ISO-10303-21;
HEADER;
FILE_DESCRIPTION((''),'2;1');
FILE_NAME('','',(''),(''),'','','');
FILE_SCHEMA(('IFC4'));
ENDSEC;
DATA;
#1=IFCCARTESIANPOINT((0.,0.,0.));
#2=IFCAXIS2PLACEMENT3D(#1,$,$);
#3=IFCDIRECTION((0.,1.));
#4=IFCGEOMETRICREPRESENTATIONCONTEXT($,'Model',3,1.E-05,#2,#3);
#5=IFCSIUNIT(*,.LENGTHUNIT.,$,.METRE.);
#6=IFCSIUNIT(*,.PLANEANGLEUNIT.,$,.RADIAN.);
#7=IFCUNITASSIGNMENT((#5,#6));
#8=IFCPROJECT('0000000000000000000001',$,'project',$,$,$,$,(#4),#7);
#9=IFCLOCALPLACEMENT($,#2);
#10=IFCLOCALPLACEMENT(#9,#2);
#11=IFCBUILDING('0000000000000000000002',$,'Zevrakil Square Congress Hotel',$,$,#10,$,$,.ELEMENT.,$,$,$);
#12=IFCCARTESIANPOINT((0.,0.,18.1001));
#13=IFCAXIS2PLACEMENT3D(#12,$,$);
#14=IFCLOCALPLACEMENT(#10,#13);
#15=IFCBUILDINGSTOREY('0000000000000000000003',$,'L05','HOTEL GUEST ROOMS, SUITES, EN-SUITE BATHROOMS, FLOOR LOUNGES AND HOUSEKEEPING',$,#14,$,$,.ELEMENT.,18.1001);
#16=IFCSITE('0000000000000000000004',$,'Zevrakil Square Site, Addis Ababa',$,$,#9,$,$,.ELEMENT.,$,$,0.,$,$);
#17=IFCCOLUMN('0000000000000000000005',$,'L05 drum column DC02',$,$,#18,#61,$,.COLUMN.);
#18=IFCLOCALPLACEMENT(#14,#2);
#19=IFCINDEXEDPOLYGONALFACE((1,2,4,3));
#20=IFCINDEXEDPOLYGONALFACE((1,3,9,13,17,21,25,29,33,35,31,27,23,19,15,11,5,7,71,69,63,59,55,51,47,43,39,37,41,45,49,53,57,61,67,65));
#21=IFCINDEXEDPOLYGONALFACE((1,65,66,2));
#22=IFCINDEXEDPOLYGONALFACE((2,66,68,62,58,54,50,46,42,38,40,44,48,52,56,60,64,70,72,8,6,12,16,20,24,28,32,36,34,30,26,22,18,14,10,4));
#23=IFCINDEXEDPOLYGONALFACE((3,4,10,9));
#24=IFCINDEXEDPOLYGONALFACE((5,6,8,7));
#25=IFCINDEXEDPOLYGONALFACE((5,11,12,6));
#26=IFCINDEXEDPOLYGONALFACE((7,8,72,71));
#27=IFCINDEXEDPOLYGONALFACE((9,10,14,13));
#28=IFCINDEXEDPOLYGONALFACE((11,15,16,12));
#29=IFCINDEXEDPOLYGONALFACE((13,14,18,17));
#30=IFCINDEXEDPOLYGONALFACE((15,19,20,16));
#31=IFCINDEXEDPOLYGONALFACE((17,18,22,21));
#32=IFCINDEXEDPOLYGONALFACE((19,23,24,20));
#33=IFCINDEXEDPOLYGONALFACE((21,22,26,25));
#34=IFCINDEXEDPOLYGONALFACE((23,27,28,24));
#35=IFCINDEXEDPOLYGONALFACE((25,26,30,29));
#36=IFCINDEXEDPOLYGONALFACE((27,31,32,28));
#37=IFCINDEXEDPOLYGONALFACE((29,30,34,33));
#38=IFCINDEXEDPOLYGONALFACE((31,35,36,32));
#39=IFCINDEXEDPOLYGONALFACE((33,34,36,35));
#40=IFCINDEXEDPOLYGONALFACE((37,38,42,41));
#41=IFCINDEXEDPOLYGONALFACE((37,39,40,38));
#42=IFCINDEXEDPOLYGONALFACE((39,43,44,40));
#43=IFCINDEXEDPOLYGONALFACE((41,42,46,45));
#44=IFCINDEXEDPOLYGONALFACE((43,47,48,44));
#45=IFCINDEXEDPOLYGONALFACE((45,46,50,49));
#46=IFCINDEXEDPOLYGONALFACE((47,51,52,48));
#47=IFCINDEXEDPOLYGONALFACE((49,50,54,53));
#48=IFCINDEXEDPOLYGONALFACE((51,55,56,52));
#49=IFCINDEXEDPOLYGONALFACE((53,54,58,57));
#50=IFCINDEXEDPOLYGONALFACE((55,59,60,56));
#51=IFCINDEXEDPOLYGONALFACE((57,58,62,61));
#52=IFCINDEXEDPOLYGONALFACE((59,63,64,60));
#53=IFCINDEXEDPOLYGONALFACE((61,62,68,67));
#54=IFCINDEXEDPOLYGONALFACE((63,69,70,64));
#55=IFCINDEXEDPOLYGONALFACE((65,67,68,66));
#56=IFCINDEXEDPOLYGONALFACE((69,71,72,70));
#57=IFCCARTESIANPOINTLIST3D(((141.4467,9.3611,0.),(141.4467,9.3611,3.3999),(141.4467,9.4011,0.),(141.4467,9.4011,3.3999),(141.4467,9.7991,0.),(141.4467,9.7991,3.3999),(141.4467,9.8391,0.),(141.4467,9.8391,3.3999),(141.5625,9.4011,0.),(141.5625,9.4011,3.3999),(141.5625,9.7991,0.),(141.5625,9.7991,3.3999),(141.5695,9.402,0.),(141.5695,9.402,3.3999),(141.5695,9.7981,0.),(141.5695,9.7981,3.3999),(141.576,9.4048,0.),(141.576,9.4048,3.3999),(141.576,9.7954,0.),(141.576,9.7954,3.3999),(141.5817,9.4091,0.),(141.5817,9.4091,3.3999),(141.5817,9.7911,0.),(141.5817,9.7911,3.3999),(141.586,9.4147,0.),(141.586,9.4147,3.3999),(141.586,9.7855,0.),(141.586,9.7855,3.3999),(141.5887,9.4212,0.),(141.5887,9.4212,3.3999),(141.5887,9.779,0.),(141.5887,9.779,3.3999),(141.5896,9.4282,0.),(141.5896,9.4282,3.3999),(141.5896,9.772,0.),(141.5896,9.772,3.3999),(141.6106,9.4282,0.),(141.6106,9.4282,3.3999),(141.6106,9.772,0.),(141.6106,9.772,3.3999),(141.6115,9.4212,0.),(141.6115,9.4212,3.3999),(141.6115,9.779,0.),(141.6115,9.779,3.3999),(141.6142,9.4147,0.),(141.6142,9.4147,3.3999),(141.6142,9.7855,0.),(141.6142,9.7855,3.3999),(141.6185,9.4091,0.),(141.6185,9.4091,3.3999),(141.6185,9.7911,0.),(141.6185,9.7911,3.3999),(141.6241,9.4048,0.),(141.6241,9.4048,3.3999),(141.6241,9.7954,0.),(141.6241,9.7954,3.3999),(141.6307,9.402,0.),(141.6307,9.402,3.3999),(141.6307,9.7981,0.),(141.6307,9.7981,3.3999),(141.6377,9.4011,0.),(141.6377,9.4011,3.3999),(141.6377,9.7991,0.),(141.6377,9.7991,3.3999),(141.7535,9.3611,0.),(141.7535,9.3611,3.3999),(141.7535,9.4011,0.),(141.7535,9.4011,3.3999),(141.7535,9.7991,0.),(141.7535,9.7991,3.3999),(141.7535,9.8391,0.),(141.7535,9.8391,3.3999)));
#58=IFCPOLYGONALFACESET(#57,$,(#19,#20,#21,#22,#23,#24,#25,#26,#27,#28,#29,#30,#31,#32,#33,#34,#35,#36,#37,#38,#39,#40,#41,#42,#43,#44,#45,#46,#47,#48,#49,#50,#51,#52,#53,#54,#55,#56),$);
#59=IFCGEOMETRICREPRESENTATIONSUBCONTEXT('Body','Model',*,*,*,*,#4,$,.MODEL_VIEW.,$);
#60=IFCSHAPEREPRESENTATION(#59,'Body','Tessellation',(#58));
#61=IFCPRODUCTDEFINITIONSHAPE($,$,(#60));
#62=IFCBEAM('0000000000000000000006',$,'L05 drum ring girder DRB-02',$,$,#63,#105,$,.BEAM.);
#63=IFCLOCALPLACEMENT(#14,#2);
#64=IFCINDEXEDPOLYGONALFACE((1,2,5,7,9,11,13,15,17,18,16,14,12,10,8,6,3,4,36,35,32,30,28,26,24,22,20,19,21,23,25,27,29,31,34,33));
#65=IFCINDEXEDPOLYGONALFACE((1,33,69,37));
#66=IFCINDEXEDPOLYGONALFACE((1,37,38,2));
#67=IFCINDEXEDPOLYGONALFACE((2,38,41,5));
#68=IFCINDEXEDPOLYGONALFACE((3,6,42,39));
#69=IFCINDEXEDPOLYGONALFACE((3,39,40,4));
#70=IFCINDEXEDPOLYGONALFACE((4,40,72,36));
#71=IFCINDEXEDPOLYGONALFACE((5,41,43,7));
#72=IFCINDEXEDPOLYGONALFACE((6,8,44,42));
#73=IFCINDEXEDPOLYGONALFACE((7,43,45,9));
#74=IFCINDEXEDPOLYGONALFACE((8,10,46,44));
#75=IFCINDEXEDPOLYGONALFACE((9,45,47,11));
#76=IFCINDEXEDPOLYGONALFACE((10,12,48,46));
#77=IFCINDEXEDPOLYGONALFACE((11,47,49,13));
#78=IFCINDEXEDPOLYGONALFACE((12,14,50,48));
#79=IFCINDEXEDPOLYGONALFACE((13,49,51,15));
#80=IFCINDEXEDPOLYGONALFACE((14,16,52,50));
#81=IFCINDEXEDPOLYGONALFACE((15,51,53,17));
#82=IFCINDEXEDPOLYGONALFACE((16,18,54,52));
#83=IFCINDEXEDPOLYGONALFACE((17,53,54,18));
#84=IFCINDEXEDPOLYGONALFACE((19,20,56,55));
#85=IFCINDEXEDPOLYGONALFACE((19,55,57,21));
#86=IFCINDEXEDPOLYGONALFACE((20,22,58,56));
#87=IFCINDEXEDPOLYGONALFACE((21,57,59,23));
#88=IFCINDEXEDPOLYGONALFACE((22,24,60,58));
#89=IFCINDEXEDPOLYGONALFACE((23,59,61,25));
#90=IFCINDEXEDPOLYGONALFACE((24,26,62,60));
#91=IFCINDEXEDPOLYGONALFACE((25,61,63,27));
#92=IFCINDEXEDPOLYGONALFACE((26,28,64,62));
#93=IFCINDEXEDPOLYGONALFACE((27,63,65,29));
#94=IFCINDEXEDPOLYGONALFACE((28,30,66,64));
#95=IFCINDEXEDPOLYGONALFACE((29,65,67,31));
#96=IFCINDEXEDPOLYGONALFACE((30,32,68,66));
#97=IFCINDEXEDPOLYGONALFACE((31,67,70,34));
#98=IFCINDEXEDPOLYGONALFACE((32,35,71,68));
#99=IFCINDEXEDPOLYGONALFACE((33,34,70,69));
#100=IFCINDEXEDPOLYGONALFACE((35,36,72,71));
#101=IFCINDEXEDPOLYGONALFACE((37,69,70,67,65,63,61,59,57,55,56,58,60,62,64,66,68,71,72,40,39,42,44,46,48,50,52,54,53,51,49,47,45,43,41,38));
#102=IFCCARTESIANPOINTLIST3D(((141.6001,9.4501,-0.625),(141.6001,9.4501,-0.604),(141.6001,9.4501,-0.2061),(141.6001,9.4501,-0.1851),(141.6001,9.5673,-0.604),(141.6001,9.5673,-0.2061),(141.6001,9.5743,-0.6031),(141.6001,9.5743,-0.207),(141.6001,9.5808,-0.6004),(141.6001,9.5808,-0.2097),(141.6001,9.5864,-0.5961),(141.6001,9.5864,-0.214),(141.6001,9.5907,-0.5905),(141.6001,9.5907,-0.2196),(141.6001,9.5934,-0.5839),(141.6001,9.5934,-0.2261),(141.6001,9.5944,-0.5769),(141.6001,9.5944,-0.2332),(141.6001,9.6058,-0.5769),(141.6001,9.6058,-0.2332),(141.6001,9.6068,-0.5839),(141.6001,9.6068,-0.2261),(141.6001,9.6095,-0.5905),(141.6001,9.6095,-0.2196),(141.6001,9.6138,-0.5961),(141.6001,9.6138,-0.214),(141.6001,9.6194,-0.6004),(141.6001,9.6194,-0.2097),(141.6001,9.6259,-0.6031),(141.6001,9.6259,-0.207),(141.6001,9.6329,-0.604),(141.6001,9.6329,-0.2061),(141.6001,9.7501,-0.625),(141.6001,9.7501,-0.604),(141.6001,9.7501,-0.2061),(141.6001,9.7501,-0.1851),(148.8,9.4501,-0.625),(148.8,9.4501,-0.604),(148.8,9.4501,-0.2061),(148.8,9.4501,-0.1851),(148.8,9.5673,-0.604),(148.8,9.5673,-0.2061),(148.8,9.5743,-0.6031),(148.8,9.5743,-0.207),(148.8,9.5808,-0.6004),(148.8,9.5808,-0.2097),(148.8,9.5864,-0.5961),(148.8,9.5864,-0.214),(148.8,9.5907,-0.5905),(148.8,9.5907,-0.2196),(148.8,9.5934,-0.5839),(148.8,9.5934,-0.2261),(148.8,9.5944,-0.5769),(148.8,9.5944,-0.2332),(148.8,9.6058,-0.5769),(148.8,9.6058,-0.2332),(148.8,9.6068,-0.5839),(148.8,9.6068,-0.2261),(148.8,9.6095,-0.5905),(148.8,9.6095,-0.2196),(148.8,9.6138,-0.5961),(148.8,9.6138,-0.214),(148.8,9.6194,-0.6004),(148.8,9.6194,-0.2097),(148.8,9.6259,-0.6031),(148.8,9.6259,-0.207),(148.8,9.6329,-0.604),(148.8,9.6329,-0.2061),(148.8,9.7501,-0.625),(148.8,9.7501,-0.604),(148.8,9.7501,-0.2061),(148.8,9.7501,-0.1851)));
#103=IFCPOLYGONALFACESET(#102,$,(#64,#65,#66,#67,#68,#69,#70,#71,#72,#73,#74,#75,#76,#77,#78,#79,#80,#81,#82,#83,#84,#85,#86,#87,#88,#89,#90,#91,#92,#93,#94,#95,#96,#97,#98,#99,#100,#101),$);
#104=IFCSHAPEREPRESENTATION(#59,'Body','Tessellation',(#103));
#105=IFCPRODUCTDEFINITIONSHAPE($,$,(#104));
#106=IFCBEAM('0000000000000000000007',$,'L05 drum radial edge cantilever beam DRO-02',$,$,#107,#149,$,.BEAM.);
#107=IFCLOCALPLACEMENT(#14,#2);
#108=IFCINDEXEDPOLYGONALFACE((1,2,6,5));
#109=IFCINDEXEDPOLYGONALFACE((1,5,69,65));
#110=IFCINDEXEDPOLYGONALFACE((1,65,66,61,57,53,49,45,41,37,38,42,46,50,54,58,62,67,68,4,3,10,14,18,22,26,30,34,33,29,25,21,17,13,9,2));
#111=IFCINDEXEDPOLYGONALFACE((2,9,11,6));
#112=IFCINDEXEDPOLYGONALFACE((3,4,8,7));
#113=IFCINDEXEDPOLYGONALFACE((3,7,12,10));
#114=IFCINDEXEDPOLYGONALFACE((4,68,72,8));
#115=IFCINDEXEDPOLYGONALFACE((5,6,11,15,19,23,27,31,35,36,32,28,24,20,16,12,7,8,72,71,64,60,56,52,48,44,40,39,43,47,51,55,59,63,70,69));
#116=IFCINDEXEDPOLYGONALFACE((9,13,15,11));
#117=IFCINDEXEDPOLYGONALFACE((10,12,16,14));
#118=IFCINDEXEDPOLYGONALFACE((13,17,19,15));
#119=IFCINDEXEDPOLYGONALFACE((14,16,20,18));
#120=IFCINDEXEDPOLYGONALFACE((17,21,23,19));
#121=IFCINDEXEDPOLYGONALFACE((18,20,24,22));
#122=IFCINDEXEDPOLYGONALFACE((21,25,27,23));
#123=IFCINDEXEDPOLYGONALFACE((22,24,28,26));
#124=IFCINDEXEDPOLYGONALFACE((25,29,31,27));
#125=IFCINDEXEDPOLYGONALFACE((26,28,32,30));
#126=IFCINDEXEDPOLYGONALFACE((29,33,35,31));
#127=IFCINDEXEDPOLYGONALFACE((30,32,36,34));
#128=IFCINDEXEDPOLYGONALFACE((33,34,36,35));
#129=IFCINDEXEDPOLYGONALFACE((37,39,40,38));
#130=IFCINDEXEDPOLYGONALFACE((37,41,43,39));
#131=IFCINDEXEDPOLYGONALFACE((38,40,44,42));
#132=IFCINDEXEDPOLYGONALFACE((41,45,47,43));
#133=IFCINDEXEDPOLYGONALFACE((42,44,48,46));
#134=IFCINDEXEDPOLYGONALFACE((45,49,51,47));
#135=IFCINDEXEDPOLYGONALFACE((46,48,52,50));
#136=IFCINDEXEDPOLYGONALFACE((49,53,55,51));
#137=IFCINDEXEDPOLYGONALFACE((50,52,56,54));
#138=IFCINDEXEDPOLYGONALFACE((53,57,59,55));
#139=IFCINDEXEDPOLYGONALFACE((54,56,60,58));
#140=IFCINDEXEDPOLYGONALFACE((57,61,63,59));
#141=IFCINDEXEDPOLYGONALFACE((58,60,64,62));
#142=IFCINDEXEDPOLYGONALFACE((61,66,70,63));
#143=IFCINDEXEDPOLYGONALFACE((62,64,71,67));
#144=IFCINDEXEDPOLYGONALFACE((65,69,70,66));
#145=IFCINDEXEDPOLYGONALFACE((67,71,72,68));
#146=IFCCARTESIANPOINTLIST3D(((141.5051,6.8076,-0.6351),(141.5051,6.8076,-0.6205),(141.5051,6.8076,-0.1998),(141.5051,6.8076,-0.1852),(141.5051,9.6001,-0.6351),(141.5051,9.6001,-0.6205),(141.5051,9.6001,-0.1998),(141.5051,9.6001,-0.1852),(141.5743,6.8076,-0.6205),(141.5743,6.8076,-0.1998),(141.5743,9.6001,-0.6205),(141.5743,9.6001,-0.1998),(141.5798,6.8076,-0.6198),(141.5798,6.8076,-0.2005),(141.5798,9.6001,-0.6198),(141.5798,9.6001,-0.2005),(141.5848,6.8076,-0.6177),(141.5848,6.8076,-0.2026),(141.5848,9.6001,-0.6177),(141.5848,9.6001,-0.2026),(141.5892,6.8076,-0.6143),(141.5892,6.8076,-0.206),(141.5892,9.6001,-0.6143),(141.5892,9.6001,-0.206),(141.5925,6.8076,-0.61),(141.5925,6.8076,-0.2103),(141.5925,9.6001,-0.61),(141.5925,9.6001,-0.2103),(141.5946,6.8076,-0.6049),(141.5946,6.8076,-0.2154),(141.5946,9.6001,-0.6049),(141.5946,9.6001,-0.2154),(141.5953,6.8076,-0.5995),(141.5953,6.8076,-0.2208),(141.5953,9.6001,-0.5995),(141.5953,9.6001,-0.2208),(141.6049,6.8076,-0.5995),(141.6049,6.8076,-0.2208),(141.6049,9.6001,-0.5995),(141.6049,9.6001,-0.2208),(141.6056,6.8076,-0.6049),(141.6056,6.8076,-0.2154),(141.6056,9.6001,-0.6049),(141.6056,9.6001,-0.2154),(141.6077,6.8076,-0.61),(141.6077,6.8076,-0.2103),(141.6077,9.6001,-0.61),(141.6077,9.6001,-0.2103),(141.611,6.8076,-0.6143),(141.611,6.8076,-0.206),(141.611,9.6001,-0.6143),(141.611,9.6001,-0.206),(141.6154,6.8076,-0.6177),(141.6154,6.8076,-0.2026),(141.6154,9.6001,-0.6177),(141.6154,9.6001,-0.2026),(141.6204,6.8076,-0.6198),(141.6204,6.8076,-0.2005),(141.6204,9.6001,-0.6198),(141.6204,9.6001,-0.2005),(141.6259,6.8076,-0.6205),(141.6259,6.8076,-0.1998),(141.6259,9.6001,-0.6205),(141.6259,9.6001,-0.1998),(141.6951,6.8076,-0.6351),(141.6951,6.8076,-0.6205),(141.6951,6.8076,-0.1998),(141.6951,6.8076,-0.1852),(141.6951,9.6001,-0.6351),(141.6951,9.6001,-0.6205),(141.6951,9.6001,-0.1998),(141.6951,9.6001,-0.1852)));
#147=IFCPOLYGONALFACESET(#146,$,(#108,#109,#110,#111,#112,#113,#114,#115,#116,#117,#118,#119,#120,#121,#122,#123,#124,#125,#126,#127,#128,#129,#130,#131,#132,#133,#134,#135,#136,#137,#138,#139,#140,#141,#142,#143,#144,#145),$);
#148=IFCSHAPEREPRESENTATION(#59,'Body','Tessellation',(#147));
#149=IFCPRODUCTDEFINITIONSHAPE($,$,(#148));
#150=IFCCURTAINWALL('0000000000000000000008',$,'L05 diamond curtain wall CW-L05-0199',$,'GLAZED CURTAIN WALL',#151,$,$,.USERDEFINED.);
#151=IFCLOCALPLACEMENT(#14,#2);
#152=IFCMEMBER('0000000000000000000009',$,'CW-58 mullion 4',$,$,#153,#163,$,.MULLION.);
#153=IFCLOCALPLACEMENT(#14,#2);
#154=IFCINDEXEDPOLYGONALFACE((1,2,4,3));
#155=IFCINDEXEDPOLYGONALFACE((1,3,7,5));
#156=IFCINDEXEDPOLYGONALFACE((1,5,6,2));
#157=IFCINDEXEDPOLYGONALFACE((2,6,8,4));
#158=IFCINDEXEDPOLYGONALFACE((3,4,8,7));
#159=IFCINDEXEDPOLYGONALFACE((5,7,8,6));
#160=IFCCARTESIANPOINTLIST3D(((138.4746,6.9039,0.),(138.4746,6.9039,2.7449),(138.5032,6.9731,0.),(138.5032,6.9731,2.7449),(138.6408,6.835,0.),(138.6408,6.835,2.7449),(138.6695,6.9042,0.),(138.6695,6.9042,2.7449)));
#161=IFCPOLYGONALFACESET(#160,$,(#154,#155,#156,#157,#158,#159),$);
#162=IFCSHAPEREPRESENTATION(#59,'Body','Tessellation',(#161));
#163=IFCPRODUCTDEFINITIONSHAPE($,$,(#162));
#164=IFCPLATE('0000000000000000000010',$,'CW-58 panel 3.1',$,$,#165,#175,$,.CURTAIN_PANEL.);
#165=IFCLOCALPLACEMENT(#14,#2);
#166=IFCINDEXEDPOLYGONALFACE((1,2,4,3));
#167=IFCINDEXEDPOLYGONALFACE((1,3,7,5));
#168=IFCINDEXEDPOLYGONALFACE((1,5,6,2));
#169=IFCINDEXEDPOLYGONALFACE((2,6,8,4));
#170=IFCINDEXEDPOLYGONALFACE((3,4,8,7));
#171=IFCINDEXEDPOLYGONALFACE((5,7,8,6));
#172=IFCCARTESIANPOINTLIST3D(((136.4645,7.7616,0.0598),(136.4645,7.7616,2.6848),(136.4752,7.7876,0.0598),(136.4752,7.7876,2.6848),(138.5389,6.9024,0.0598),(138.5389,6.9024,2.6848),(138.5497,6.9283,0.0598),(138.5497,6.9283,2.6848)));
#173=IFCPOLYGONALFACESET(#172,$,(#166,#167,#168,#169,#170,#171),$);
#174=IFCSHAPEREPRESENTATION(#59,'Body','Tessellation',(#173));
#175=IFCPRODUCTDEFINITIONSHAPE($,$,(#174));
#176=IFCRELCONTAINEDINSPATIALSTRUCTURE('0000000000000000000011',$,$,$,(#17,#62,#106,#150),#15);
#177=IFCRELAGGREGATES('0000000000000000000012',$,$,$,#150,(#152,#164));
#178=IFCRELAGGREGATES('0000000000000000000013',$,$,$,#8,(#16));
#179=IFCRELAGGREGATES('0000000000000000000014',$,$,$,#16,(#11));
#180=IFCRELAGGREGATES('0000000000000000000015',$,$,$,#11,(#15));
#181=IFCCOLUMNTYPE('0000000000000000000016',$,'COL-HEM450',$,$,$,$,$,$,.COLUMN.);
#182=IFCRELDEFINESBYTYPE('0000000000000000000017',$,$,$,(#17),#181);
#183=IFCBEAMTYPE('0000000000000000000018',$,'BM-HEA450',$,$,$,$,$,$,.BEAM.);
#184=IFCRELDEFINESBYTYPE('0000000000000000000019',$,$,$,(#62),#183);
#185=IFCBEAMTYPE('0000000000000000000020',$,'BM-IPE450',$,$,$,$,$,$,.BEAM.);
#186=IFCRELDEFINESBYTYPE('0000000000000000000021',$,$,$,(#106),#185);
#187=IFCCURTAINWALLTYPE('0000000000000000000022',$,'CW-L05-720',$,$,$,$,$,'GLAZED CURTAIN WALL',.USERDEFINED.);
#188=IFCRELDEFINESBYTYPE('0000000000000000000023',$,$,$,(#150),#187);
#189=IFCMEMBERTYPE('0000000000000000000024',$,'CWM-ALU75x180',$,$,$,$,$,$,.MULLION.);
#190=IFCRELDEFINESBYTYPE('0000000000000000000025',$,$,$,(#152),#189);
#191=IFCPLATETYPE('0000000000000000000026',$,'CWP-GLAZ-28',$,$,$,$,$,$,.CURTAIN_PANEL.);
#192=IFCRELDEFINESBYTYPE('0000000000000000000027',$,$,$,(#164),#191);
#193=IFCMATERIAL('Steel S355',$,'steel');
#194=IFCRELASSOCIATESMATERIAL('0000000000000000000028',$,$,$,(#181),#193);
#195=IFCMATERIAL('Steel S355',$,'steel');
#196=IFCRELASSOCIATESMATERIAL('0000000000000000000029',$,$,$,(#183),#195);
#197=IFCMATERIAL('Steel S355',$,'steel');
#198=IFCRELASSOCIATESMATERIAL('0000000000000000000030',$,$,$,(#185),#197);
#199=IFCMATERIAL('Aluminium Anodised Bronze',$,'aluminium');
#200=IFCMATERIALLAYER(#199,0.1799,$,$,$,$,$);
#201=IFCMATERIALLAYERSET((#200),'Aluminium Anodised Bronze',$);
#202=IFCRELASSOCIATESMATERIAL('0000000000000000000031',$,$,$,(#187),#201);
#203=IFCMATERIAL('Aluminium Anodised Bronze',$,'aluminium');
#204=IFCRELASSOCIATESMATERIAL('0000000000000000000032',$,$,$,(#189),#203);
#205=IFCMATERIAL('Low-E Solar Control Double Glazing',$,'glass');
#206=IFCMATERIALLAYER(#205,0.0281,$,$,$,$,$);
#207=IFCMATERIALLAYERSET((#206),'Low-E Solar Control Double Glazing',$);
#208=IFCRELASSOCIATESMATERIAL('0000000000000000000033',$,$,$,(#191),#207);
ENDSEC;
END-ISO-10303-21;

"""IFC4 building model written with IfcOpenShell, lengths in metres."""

from ifc_helpers import new_model, si_unit, direction, frame, origin, origin_2d, place, context, subcontext, project, spatial, rectangle, i_section, extrude, material, layer, layer_set, material_profile, profile_set, type_object, element, aggregate, save


model = new_model("IFC4")

# Units and contexts
model_context = context("Model", 3, precision=1e-05, world=origin(), true_north=direction((0.0, 1.0)))
body_context = subcontext(model_context, "Body", "Model", "MODEL_VIEW")
ifc_project = project(units=[si_unit("LENGTHUNIT", "METRE"), si_unit("PLANEANGLEUNIT", "RADIAN")], contexts=[model_context])

# Site, building, storey
site_placement = place(None, origin())
site = spatial("IfcSite", under=ifc_project, at=site_placement, Name="Zevrakil Square Site, Addis Ababa", CompositionType="ELEMENT", RefElevation=0.0)
building_placement = place(site_placement, origin())
building = spatial("IfcBuilding", under=site, at=building_placement, Name="Zevrakil Square Congress Hotel", CompositionType="ELEMENT")
storey_placement = place(building_placement, frame((0.0, 0.0, 18.1001)))
storey = spatial("IfcBuildingStorey", under=building, at=storey_placement, Name="L05", Description="HOTEL GUEST ROOMS, SUITES, EN-SUITE BATHROOMS, FLOOR LOUNGES AND HOUSEKEEPING", CompositionType="ELEMENT", Elevation=18.1001)

# Column
ifc_material_1 = material(Name="Steel S355", Category="steel")
ifc_material_profile_1 = material_profile(ifc_material_1, i_section(OverallWidth=0.3069, OverallDepth=0.478, WebThickness=0.021, FlangeThickness=0.04, FilletRadius=0.0271, at=origin_2d()), Name="HEM 450")
ifc_profile_set_1 = profile_set([ifc_material_profile_1], Name="Steel S355")
column_type = type_object("IfcColumnType", Name="COL-HEM450", PredefinedType="COLUMN", material=ifc_profile_set_1)
column_placement = place(storey_placement, frame((141.6001, 9.6001, 0.0), z_axis=(0.0, 0.0, 1.0), x_axis=(1.0, 0.0, 0.0)))
element("IfcColumn", 1, at=column_placement, inside=storey, type_object=column_type, Name="L05 drum column DC02", PredefinedType="COLUMN", context=body_context, shape_type="SweptSolid", body=[
    extrude(i_section(OverallWidth=0.3069, OverallDepth=0.478, WebThickness=0.021, FlangeThickness=0.04, FilletRadius=0.0271, at=origin_2d()), origin(), (0.0, 0.0, 1.0), 3.3999),
])

# Beams
ifc_material_2 = material(Name="Steel S355", Category="steel")
ifc_material_profile_2 = material_profile(ifc_material_2, i_section(OverallWidth=0.3, OverallDepth=0.4399, WebThickness=0.0115, FlangeThickness=0.021, FilletRadius=0.0271, at=origin_2d()), Name="HEA 450")
ifc_profile_set_2 = profile_set([ifc_material_profile_2], Name="Steel S355")
beam_type_1 = type_object("IfcBeamType", Name="BM-HEA450", PredefinedType="BEAM", material=ifc_profile_set_2)
beam_1_placement = place(storey_placement, frame((141.6001, 9.6001, -0.405), z_axis=(1.0, 0.0, 0.0), x_axis=(0.0, 1.0, 0.0)))
element("IfcBeam", 2, at=beam_1_placement, inside=storey, type_object=beam_type_1, Name="L05 drum ring girder DRB-02", PredefinedType="BEAM", context=body_context, shape_type="SweptSolid", body=[
    extrude(i_section(OverallWidth=0.3, OverallDepth=0.4399, WebThickness=0.0115, FlangeThickness=0.021, FilletRadius=0.0271, at=origin_2d()), origin(), (0.0, 0.0, 1.0), 7.2),
])
ifc_material_3 = material(Name="Steel S355", Category="steel")
ifc_material_profile_3 = material_profile(ifc_material_3, i_section(OverallWidth=0.1899, OverallDepth=0.45, WebThickness=0.0095, FlangeThickness=0.0146, FilletRadius=0.021, at=origin_2d()), Name="IPE 450")
ifc_profile_set_3 = profile_set([ifc_material_profile_3], Name="Steel S355")
beam_type_2 = type_object("IfcBeamType", Name="BM-IPE450", PredefinedType="BEAM", material=ifc_profile_set_3)
beam_2_placement = place(storey_placement, frame((141.6001, 9.6001, -0.4102), z_axis=(0.0, -1.0, 0.0), x_axis=(1.0, 0.0, 0.0)))
element("IfcBeam", 3, at=beam_2_placement, inside=storey, type_object=beam_type_2, Name="L05 drum radial edge cantilever beam DRO-02", PredefinedType="BEAM", context=body_context, shape_type="SweptSolid", body=[
    extrude(i_section(OverallWidth=0.1899, OverallDepth=0.45, WebThickness=0.0095, FlangeThickness=0.0146, FilletRadius=0.021, at=origin_2d()), origin(), (0.0, 0.0, 1.0), 2.7925),
])

# Curtain wall, member, plate
ifc_material_4 = material(Name="Aluminium Anodised Bronze", Category="aluminium")
ifc_layer_1 = layer(ifc_material_4, 0.1799)
ifc_layer_set_1 = layer_set([ifc_layer_1], Name="Aluminium Anodised Bronze")
curtain_wall_type = type_object("IfcCurtainWallType", Name="CW-L05-720", ElementType="GLAZED CURTAIN WALL", PredefinedType="USERDEFINED", material=ifc_layer_set_1)
curtain_wall_placement = place(storey_placement, origin())
curtain_wall = element("IfcCurtainWall", 4, at=curtain_wall_placement, inside=storey, type_object=curtain_wall_type, Name="L05 diamond curtain wall CW-L05-0199", ObjectType="GLAZED CURTAIN WALL", PredefinedType="USERDEFINED")
ifc_material_5 = material(Name="Aluminium Anodised Bronze", Category="aluminium")
ifc_material_profile_4 = material_profile(ifc_material_5, rectangle(XDim=0.075, YDim=0.1799, at=origin_2d()), Name="ALU 75x180")
ifc_profile_set_4 = profile_set([ifc_material_profile_4], Name="Aluminium Anodised Bronze")
member_type = type_object("IfcMemberType", Name="CWM-ALU75x180", PredefinedType="MULLION", material=ifc_profile_set_4)
member_placement = place(storey_placement, frame((138.572, 6.9041, 0.0), z_axis=(0.0, 0.0, 1.0), x_axis=(0.382684, 0.923879, 0.0)))
member = element("IfcMember", 5, at=member_placement, type_object=member_type, Name="CW-58 mullion 4", PredefinedType="MULLION", context=body_context, shape_type="SweptSolid", body=[
    extrude(rectangle(XDim=0.075, YDim=0.1799, at=origin_2d()), origin(), (0.0, 0.0, 1.0), 2.7449),
])
ifc_material_6 = material(Name="Low-E Solar Control Double Glazing", Category="glass")
ifc_layer_2 = layer(ifc_material_6, 0.0281)
ifc_layer_set_2 = layer_set([ifc_layer_2], Name="Low-E Solar Control Double Glazing")
plate_type = type_object("IfcPlateType", Name="CWP-GLAZ-28", PredefinedType="CURTAIN_PANEL", material=ifc_layer_set_2)
plate_placement = place(storey_placement, frame((137.5071, 7.345, 0.0598), z_axis=(0.0, 0.0, 1.0), x_axis=(0.923879, -0.382684, 0.0)))
plate = element("IfcPlate", 6, at=plate_placement, type_object=plate_type, Name="CW-58 panel 3.1", PredefinedType="CURTAIN_PANEL", context=body_context, shape_type="SweptSolid", body=[
    extrude(rectangle(XDim=2.2454, YDim=0.0281, at=origin_2d()), origin(), (0.0, 0.0, 1.0), 2.625),
])
aggregate(curtain_wall, [member, plate])

save(model, "model.ifc")
